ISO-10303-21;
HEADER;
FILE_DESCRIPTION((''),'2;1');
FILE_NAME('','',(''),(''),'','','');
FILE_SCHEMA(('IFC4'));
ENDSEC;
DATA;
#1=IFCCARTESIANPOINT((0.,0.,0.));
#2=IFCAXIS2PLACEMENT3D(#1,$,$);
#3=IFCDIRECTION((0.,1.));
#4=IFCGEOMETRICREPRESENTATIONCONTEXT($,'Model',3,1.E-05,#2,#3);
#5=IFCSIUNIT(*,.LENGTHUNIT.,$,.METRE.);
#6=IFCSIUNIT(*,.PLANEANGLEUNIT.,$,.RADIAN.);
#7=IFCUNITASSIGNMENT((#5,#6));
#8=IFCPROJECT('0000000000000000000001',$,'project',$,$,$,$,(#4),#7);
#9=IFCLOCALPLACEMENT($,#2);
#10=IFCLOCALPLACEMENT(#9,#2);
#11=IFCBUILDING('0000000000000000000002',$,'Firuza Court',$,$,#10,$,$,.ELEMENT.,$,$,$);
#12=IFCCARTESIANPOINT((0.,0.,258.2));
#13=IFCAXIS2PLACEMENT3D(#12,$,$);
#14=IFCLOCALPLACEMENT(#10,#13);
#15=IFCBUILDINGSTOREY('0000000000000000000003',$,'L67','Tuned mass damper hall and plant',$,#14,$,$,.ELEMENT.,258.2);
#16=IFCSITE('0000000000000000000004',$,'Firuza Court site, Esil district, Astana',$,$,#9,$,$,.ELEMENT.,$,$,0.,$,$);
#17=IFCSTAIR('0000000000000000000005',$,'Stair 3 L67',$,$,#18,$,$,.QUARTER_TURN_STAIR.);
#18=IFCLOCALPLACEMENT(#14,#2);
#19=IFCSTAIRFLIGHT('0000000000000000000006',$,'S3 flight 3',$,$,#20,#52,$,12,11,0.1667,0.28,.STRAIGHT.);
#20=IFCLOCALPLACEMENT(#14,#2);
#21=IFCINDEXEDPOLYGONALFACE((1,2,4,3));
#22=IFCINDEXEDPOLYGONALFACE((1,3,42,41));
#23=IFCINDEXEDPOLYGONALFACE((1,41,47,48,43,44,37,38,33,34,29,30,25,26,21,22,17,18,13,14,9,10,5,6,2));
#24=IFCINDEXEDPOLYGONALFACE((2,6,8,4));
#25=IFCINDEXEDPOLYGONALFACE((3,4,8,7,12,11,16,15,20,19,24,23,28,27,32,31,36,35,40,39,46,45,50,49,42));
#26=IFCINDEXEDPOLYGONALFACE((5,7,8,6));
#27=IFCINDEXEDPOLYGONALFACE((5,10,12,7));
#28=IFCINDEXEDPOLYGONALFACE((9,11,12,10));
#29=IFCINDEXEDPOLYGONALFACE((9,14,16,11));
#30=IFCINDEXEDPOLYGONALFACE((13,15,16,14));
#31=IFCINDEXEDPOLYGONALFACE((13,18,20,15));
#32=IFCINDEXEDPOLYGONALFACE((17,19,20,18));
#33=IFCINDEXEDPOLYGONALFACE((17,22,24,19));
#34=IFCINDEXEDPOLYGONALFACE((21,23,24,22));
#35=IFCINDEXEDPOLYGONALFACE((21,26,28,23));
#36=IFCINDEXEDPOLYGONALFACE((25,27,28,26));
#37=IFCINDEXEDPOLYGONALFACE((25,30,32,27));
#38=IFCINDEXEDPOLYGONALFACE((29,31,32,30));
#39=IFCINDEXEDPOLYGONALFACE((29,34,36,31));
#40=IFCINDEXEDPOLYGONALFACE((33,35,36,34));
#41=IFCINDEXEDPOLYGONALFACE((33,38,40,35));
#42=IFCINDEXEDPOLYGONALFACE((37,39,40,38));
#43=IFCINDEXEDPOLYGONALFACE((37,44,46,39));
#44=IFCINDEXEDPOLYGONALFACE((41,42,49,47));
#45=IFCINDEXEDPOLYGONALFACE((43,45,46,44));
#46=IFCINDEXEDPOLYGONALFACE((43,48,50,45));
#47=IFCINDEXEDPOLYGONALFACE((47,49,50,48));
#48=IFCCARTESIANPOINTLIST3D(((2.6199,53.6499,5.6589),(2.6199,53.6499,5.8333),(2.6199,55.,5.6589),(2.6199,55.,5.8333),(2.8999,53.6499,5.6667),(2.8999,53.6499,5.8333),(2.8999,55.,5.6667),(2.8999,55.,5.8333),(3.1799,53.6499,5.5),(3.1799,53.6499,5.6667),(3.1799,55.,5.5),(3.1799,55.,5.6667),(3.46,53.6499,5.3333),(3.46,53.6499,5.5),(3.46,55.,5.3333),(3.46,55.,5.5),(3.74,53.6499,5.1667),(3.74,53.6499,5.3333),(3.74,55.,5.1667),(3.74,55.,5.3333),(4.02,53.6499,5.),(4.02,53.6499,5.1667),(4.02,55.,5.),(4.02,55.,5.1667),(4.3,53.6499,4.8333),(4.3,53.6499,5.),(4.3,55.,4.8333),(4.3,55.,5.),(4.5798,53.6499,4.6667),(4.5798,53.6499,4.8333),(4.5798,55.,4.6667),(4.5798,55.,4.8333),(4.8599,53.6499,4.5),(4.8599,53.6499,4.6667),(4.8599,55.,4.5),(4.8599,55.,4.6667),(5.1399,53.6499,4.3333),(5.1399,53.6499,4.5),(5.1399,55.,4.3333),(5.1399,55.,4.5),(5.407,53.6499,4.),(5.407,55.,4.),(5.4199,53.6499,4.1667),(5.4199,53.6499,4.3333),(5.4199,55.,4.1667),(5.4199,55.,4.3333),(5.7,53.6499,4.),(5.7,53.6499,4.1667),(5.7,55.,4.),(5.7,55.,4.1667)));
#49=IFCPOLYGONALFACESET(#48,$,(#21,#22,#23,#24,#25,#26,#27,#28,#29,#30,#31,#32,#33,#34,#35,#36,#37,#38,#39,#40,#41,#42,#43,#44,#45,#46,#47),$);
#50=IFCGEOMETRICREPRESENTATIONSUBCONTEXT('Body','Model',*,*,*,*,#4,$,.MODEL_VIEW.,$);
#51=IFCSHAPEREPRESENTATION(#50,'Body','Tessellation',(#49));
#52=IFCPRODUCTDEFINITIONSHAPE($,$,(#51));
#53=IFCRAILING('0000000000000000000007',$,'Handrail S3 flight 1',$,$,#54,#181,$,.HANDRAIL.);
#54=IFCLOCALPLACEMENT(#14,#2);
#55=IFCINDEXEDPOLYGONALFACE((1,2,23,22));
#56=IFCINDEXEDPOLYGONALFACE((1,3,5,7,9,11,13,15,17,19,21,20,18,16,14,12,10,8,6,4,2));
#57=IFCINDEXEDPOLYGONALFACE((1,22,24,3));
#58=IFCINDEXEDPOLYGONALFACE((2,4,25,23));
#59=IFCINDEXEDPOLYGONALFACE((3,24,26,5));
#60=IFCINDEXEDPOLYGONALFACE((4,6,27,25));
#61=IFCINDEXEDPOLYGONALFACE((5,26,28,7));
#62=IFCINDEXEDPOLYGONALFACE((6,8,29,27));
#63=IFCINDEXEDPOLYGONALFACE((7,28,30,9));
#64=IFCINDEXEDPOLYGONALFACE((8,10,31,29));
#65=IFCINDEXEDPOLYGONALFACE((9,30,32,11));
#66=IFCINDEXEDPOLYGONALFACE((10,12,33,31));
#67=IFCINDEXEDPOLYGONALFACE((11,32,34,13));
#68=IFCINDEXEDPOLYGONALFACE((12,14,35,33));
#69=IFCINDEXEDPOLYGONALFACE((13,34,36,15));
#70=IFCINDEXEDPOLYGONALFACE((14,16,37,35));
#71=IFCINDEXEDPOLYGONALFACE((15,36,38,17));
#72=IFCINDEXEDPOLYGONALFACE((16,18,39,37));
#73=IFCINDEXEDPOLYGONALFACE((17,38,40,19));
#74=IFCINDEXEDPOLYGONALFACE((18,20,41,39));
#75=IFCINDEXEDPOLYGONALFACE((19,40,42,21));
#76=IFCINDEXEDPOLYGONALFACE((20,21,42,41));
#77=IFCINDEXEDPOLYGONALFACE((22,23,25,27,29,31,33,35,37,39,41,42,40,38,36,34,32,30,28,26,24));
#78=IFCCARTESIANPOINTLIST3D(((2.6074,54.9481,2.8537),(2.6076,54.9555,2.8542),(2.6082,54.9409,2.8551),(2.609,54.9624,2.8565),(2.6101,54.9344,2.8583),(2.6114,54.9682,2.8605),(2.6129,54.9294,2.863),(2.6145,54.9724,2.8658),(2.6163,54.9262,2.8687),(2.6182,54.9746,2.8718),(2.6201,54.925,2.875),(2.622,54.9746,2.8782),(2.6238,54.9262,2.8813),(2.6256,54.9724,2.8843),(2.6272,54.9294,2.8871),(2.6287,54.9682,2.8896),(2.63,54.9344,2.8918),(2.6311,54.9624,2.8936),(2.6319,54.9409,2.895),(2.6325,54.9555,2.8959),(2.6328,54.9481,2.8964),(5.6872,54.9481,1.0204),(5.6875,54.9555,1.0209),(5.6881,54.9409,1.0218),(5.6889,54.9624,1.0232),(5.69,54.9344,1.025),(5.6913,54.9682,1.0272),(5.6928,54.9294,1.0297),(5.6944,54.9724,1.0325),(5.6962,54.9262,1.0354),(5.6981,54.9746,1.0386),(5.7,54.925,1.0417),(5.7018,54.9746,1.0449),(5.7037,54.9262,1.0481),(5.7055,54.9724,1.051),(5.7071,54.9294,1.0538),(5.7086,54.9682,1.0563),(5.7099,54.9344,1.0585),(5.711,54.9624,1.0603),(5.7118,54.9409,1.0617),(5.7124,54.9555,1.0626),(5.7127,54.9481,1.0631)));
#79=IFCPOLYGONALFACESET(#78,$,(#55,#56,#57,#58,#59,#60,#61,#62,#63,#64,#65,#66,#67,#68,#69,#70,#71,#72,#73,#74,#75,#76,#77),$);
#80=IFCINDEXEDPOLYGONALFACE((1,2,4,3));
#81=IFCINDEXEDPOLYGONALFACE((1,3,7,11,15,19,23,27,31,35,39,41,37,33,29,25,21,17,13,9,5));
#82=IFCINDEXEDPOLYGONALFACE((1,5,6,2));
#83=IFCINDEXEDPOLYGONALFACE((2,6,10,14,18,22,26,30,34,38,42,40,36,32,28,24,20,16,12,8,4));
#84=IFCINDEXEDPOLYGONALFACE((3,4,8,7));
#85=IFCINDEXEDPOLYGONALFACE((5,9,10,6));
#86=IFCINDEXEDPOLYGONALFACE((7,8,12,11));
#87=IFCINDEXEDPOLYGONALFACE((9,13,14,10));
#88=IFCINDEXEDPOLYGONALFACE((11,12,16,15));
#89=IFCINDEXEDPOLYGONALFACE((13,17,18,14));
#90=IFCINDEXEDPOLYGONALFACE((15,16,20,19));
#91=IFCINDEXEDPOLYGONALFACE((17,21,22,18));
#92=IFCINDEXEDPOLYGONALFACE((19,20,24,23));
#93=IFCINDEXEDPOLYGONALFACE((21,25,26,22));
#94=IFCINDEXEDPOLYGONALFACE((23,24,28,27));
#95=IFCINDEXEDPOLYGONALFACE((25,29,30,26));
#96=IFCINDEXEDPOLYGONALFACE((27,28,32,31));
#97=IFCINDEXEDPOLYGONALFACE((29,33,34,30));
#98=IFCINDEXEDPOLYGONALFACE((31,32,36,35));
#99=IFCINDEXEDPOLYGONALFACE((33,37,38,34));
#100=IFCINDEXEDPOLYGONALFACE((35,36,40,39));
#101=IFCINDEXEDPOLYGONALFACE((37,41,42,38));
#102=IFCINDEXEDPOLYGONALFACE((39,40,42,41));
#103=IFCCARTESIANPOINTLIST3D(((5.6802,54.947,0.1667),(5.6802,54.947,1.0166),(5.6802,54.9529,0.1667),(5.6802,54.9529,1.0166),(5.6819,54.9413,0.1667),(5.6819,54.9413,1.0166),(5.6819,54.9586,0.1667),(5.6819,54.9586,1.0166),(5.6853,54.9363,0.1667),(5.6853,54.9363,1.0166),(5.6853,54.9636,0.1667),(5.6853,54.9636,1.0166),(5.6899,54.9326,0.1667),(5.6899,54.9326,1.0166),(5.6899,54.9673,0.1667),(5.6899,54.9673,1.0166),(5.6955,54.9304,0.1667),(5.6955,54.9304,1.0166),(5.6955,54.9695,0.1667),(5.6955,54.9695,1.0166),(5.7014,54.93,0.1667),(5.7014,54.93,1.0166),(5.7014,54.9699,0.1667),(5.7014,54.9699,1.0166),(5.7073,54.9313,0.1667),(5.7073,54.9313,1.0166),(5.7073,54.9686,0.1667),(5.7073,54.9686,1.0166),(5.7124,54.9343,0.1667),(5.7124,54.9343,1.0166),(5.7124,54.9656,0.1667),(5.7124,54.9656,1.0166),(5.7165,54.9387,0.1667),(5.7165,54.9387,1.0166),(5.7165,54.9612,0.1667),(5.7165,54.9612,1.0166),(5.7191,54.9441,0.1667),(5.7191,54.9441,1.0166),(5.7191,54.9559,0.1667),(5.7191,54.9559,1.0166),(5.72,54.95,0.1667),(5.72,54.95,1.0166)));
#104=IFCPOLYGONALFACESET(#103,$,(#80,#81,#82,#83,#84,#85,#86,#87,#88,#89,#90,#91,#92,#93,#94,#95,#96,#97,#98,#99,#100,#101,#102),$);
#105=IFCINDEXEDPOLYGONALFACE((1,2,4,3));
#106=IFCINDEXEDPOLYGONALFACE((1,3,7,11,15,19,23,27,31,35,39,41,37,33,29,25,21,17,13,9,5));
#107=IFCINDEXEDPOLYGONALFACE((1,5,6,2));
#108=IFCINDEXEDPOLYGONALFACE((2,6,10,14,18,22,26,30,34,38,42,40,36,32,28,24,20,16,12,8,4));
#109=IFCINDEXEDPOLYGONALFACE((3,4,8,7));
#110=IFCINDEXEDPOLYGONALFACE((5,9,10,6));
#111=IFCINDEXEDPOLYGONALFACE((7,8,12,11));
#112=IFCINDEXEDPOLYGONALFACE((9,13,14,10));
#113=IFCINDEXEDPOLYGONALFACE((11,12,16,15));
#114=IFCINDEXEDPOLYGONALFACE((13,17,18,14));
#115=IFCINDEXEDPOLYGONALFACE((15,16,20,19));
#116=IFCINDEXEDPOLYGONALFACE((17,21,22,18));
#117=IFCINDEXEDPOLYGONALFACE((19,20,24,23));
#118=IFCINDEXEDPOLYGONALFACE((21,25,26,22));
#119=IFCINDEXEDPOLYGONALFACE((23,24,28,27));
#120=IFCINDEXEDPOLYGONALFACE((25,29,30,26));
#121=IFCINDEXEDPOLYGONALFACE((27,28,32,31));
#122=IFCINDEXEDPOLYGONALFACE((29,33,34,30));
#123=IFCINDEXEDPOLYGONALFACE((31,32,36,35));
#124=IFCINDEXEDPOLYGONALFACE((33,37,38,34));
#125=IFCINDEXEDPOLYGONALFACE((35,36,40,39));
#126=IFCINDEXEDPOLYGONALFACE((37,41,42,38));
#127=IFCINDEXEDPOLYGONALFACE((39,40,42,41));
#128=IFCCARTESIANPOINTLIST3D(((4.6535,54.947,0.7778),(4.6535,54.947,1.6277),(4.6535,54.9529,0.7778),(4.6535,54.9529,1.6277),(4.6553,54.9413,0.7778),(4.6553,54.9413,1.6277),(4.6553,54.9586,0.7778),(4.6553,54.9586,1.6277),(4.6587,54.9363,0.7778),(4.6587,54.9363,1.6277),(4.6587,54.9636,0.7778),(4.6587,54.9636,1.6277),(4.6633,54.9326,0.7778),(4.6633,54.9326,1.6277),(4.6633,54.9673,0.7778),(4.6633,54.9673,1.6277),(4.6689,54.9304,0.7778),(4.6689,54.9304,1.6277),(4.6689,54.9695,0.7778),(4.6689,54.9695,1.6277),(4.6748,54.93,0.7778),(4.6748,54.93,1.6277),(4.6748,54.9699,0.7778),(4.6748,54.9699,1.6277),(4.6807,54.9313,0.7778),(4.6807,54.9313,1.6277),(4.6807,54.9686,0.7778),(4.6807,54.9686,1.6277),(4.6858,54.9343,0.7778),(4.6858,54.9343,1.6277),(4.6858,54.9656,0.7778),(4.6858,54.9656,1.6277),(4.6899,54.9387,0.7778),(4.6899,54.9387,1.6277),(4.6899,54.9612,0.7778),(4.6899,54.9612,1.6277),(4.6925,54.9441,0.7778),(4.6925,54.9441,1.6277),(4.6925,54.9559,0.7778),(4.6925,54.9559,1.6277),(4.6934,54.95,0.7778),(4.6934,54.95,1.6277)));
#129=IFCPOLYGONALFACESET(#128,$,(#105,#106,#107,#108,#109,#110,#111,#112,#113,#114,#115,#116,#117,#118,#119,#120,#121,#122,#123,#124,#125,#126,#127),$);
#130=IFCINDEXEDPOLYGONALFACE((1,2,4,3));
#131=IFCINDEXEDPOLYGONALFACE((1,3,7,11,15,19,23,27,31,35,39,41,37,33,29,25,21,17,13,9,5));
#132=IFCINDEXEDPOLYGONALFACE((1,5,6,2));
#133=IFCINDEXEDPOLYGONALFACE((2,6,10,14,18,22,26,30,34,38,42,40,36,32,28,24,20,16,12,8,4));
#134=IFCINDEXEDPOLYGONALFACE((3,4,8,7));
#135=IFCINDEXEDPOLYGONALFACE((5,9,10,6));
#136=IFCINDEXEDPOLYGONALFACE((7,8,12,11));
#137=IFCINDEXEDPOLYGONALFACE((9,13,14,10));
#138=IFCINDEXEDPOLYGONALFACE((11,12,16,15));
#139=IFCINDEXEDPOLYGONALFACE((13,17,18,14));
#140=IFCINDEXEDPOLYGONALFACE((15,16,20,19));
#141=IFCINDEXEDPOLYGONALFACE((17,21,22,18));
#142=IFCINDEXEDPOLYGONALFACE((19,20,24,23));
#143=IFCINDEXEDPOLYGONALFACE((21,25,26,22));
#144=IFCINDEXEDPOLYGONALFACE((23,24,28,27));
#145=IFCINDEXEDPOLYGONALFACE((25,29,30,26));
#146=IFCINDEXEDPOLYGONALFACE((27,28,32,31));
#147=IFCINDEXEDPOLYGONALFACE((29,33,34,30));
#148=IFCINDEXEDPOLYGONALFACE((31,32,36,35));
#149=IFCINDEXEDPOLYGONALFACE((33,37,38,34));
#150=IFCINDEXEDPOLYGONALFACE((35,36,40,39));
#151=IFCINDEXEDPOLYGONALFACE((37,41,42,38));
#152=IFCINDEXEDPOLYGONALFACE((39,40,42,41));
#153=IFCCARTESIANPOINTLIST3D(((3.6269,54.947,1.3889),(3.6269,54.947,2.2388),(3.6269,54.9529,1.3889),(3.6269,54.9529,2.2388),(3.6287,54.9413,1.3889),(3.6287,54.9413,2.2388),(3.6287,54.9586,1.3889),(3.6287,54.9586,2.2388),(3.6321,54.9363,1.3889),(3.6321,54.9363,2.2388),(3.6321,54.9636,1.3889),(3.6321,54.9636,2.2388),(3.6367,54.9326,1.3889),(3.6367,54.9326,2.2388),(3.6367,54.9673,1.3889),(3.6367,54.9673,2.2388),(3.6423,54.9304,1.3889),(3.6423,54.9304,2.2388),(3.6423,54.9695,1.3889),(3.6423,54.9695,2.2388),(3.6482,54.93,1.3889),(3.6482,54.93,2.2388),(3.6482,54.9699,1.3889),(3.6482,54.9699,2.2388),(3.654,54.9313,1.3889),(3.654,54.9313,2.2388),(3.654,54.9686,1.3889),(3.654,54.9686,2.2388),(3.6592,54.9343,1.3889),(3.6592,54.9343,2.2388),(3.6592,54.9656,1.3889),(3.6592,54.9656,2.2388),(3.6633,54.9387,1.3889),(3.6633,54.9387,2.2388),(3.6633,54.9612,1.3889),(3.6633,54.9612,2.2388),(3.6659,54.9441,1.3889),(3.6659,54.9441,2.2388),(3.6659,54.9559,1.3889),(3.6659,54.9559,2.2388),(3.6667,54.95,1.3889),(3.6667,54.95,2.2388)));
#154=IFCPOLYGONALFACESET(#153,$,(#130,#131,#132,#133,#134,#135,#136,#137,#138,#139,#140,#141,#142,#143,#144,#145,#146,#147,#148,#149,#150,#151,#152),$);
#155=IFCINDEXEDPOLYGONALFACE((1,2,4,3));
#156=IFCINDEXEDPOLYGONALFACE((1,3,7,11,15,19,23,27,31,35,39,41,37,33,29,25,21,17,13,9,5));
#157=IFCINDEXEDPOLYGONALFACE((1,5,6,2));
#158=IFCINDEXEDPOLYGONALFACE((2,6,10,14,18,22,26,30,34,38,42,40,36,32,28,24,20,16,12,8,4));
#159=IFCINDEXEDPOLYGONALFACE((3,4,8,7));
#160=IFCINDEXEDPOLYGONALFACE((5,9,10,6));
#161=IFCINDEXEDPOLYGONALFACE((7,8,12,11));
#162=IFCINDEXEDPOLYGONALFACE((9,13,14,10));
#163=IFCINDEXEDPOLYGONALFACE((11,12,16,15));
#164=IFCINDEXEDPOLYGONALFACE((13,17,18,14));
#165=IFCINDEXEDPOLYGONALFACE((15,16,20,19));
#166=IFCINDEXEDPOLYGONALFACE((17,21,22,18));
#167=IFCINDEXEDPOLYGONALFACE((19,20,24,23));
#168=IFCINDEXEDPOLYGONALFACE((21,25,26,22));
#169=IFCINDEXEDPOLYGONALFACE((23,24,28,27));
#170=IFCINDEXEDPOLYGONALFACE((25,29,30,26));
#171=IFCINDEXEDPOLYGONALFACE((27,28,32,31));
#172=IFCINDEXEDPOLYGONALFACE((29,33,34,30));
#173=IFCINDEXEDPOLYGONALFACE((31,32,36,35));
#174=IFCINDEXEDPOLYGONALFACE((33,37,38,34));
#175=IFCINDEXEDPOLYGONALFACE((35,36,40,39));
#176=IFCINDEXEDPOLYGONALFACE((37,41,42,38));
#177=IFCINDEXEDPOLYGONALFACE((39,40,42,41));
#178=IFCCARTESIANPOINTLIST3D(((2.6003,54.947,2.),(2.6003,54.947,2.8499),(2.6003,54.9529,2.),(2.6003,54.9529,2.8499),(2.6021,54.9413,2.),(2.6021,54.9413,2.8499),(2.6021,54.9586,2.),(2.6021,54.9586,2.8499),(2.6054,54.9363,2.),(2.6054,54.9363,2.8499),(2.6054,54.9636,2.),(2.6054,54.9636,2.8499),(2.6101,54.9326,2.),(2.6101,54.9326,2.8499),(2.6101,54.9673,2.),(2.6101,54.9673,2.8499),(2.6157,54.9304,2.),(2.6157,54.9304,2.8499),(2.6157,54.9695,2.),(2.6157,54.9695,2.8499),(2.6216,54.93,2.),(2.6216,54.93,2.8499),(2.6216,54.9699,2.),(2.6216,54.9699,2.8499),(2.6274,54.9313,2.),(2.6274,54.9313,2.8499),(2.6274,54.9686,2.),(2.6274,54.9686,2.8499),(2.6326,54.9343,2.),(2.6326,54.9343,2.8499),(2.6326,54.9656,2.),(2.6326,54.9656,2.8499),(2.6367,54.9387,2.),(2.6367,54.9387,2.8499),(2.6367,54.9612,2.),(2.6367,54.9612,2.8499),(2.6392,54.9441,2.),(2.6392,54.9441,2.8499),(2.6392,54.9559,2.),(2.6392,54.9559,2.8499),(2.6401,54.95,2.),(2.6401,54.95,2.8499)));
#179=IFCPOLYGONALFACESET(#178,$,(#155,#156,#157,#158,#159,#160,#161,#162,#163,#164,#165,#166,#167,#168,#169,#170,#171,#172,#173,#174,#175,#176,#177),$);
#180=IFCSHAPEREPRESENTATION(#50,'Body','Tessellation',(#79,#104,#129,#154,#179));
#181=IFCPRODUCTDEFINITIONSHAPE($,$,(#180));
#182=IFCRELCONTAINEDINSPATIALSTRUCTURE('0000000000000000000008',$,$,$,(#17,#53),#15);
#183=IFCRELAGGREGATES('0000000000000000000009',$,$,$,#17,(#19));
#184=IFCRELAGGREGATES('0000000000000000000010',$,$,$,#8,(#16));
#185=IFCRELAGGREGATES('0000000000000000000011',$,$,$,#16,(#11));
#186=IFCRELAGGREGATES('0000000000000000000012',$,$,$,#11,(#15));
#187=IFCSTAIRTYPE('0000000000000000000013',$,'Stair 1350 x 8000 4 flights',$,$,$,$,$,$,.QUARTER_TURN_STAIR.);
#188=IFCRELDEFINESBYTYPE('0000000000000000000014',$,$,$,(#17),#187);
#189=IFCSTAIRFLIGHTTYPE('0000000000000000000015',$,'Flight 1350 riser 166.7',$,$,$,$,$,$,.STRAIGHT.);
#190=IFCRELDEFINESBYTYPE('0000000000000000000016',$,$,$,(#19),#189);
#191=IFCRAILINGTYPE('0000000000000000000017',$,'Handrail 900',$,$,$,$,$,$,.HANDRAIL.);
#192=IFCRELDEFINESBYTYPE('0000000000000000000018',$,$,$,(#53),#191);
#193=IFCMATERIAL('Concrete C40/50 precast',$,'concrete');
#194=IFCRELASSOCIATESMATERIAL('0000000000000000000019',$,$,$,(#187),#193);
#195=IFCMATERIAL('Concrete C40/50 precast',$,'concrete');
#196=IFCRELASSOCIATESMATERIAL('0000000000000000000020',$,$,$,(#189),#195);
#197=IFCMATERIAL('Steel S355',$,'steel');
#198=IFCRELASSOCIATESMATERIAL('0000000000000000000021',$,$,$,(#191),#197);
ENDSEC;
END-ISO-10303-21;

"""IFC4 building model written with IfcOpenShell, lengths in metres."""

from ifc_helpers import new_model, si_unit, direction, frame, origin, origin_2d, place, context, subcontext, project, spatial, polyline, circle, outline, extrude, material, type_object, element, aggregate, save


model = new_model("IFC4")

# Units and contexts
model_context = context("Model", 3, precision=1e-05, world=origin(), true_north=direction((0.0, 1.0)))
body_context = subcontext(model_context, "Body", "Model", "MODEL_VIEW")
ifc_project = project(units=[si_unit("LENGTHUNIT", "METRE"), si_unit("PLANEANGLEUNIT", "RADIAN")], contexts=[model_context])

# Site, building, storey
site_placement = place(None, origin())
site = spatial("IfcSite", under=ifc_project, at=site_placement, Name="Firuza Court site, Esil district, Astana", CompositionType="ELEMENT", RefElevation=0.0)
building_placement = place(site_placement, origin())
building = spatial("IfcBuilding", under=site, at=building_placement, Name="Firuza Court", CompositionType="ELEMENT")
storey_placement = place(building_placement, frame((0.0, 0.0, 258.2)))
storey = spatial("IfcBuildingStorey", under=building, at=storey_placement, Name="L67", Description="Tuned mass damper hall and plant", CompositionType="ELEMENT", Elevation=258.2)

# Stair, stair flight
ifc_material_1 = material(Name="Concrete C40/50 precast", Category="concrete")
stair_type = type_object("IfcStairType", Name="Stair 1350 x 8000 4 flights", PredefinedType="QUARTER_TURN_STAIR", material=ifc_material_1)
stair_placement = place(storey_placement, origin())
stair = element("IfcStair", 1, at=stair_placement, inside=storey, type_object=stair_type, Name="Stair 3 L67", PredefinedType="QUARTER_TURN_STAIR")
ifc_material_2 = material(Name="Concrete C40/50 precast", Category="concrete")
stair_flight_type = type_object("IfcStairFlightType", Name="Flight 1350 riser 166.7", PredefinedType="STRAIGHT", material=ifc_material_2)
stair_flight_1_placement = place(storey_placement, frame((5.7, 54.325, 4.0), z_axis=(0.0, 0.0, 1.0), x_axis=(-1.0, 0.0, 0.0)))
stair_flight_1 = element("IfcStairFlight", 2, at=stair_flight_1_placement, type_object=stair_flight_type, Name="S3 flight 3", NumberOfRisers=12, NumberOfTreads=11, PredefinedType="STRAIGHT", RiserHeight=0.1667, TreadLength=0.28, context=body_context, shape_type="SweptSolid", body=[
    extrude(outline(polyline([(0.0, 0.0), (0.0, 0.1667), (0.28, 0.1667), (0.28, 0.3333), (0.5601, 0.3333), (0.5601, 0.5), (0.8401, 0.5), (0.8401, 0.6667), (1.1201, 0.6667), (1.1201, 0.8333), (1.3999, 0.8333), (1.3999, 1.0), (1.6799, 1.0), (1.6799, 1.1667), (1.96, 1.1667), (1.96, 1.3333), (2.24, 1.3333), (2.24, 1.5), (2.52, 1.5), (2.52, 1.6667), (2.8, 1.6667), (2.8, 1.8333), (3.0801, 1.8333), (3.0801, 2.0), (3.0801, 1.6589), (0.293, 0.0), (0.0, 0.0)])), frame((0.0, 0.675, 0.0), z_axis=(0.0, -1.0, 0.0), x_axis=(1.0, 0.0, 0.0)), (0.0, 0.0, 1.0), 1.3501),
])
aggregate(stair, [stair_flight_1])

# Railing
ifc_material_3 = material(Name="Steel S355", Category="steel")
railing_type_1 = type_object("IfcRailingType", Name="Handrail 900", PredefinedType="HANDRAIL", material=ifc_material_3)
for number, where, name in (
    (3, (5.7, 54.95, 0.1667), "Handrail S3 flight 1"),
):
    element("IfcRailing", number, at=place(storey_placement, frame(where)), inside=storey, type_object=railing_type_1, Name=name, PredefinedType="HANDRAIL", context=body_context, shape_type="SweptSolid", body=[
        extrude(circle(Radius=0.0249, at=origin_2d()), frame((0.0, 0.0, 0.875), z_axis=(-0.859291, 0.0, 0.511487), x_axis=(0.0, -1.0, 0.0)), (0.0, 0.0, 1.0), 3.5842),
        extrude(circle(Radius=0.02, at=origin_2d()), origin(), (0.0, 0.0, 1.0), 0.8499),
        extrude(circle(Radius=0.02, at=origin_2d()), frame((-1.0266, 0.0, 0.6111)), (0.0, 0.0, 1.0), 0.8499),
        extrude(circle(Radius=0.02, at=origin_2d()), frame((-2.0532, 0.0, 1.2222)), (0.0, 0.0, 1.0), 0.8499),
        extrude(circle(Radius=0.02, at=origin_2d()), frame((-3.0798, 0.0, 1.8333)), (0.0, 0.0, 1.0), 0.8499),
    ])

save(model, "model.ifc")
